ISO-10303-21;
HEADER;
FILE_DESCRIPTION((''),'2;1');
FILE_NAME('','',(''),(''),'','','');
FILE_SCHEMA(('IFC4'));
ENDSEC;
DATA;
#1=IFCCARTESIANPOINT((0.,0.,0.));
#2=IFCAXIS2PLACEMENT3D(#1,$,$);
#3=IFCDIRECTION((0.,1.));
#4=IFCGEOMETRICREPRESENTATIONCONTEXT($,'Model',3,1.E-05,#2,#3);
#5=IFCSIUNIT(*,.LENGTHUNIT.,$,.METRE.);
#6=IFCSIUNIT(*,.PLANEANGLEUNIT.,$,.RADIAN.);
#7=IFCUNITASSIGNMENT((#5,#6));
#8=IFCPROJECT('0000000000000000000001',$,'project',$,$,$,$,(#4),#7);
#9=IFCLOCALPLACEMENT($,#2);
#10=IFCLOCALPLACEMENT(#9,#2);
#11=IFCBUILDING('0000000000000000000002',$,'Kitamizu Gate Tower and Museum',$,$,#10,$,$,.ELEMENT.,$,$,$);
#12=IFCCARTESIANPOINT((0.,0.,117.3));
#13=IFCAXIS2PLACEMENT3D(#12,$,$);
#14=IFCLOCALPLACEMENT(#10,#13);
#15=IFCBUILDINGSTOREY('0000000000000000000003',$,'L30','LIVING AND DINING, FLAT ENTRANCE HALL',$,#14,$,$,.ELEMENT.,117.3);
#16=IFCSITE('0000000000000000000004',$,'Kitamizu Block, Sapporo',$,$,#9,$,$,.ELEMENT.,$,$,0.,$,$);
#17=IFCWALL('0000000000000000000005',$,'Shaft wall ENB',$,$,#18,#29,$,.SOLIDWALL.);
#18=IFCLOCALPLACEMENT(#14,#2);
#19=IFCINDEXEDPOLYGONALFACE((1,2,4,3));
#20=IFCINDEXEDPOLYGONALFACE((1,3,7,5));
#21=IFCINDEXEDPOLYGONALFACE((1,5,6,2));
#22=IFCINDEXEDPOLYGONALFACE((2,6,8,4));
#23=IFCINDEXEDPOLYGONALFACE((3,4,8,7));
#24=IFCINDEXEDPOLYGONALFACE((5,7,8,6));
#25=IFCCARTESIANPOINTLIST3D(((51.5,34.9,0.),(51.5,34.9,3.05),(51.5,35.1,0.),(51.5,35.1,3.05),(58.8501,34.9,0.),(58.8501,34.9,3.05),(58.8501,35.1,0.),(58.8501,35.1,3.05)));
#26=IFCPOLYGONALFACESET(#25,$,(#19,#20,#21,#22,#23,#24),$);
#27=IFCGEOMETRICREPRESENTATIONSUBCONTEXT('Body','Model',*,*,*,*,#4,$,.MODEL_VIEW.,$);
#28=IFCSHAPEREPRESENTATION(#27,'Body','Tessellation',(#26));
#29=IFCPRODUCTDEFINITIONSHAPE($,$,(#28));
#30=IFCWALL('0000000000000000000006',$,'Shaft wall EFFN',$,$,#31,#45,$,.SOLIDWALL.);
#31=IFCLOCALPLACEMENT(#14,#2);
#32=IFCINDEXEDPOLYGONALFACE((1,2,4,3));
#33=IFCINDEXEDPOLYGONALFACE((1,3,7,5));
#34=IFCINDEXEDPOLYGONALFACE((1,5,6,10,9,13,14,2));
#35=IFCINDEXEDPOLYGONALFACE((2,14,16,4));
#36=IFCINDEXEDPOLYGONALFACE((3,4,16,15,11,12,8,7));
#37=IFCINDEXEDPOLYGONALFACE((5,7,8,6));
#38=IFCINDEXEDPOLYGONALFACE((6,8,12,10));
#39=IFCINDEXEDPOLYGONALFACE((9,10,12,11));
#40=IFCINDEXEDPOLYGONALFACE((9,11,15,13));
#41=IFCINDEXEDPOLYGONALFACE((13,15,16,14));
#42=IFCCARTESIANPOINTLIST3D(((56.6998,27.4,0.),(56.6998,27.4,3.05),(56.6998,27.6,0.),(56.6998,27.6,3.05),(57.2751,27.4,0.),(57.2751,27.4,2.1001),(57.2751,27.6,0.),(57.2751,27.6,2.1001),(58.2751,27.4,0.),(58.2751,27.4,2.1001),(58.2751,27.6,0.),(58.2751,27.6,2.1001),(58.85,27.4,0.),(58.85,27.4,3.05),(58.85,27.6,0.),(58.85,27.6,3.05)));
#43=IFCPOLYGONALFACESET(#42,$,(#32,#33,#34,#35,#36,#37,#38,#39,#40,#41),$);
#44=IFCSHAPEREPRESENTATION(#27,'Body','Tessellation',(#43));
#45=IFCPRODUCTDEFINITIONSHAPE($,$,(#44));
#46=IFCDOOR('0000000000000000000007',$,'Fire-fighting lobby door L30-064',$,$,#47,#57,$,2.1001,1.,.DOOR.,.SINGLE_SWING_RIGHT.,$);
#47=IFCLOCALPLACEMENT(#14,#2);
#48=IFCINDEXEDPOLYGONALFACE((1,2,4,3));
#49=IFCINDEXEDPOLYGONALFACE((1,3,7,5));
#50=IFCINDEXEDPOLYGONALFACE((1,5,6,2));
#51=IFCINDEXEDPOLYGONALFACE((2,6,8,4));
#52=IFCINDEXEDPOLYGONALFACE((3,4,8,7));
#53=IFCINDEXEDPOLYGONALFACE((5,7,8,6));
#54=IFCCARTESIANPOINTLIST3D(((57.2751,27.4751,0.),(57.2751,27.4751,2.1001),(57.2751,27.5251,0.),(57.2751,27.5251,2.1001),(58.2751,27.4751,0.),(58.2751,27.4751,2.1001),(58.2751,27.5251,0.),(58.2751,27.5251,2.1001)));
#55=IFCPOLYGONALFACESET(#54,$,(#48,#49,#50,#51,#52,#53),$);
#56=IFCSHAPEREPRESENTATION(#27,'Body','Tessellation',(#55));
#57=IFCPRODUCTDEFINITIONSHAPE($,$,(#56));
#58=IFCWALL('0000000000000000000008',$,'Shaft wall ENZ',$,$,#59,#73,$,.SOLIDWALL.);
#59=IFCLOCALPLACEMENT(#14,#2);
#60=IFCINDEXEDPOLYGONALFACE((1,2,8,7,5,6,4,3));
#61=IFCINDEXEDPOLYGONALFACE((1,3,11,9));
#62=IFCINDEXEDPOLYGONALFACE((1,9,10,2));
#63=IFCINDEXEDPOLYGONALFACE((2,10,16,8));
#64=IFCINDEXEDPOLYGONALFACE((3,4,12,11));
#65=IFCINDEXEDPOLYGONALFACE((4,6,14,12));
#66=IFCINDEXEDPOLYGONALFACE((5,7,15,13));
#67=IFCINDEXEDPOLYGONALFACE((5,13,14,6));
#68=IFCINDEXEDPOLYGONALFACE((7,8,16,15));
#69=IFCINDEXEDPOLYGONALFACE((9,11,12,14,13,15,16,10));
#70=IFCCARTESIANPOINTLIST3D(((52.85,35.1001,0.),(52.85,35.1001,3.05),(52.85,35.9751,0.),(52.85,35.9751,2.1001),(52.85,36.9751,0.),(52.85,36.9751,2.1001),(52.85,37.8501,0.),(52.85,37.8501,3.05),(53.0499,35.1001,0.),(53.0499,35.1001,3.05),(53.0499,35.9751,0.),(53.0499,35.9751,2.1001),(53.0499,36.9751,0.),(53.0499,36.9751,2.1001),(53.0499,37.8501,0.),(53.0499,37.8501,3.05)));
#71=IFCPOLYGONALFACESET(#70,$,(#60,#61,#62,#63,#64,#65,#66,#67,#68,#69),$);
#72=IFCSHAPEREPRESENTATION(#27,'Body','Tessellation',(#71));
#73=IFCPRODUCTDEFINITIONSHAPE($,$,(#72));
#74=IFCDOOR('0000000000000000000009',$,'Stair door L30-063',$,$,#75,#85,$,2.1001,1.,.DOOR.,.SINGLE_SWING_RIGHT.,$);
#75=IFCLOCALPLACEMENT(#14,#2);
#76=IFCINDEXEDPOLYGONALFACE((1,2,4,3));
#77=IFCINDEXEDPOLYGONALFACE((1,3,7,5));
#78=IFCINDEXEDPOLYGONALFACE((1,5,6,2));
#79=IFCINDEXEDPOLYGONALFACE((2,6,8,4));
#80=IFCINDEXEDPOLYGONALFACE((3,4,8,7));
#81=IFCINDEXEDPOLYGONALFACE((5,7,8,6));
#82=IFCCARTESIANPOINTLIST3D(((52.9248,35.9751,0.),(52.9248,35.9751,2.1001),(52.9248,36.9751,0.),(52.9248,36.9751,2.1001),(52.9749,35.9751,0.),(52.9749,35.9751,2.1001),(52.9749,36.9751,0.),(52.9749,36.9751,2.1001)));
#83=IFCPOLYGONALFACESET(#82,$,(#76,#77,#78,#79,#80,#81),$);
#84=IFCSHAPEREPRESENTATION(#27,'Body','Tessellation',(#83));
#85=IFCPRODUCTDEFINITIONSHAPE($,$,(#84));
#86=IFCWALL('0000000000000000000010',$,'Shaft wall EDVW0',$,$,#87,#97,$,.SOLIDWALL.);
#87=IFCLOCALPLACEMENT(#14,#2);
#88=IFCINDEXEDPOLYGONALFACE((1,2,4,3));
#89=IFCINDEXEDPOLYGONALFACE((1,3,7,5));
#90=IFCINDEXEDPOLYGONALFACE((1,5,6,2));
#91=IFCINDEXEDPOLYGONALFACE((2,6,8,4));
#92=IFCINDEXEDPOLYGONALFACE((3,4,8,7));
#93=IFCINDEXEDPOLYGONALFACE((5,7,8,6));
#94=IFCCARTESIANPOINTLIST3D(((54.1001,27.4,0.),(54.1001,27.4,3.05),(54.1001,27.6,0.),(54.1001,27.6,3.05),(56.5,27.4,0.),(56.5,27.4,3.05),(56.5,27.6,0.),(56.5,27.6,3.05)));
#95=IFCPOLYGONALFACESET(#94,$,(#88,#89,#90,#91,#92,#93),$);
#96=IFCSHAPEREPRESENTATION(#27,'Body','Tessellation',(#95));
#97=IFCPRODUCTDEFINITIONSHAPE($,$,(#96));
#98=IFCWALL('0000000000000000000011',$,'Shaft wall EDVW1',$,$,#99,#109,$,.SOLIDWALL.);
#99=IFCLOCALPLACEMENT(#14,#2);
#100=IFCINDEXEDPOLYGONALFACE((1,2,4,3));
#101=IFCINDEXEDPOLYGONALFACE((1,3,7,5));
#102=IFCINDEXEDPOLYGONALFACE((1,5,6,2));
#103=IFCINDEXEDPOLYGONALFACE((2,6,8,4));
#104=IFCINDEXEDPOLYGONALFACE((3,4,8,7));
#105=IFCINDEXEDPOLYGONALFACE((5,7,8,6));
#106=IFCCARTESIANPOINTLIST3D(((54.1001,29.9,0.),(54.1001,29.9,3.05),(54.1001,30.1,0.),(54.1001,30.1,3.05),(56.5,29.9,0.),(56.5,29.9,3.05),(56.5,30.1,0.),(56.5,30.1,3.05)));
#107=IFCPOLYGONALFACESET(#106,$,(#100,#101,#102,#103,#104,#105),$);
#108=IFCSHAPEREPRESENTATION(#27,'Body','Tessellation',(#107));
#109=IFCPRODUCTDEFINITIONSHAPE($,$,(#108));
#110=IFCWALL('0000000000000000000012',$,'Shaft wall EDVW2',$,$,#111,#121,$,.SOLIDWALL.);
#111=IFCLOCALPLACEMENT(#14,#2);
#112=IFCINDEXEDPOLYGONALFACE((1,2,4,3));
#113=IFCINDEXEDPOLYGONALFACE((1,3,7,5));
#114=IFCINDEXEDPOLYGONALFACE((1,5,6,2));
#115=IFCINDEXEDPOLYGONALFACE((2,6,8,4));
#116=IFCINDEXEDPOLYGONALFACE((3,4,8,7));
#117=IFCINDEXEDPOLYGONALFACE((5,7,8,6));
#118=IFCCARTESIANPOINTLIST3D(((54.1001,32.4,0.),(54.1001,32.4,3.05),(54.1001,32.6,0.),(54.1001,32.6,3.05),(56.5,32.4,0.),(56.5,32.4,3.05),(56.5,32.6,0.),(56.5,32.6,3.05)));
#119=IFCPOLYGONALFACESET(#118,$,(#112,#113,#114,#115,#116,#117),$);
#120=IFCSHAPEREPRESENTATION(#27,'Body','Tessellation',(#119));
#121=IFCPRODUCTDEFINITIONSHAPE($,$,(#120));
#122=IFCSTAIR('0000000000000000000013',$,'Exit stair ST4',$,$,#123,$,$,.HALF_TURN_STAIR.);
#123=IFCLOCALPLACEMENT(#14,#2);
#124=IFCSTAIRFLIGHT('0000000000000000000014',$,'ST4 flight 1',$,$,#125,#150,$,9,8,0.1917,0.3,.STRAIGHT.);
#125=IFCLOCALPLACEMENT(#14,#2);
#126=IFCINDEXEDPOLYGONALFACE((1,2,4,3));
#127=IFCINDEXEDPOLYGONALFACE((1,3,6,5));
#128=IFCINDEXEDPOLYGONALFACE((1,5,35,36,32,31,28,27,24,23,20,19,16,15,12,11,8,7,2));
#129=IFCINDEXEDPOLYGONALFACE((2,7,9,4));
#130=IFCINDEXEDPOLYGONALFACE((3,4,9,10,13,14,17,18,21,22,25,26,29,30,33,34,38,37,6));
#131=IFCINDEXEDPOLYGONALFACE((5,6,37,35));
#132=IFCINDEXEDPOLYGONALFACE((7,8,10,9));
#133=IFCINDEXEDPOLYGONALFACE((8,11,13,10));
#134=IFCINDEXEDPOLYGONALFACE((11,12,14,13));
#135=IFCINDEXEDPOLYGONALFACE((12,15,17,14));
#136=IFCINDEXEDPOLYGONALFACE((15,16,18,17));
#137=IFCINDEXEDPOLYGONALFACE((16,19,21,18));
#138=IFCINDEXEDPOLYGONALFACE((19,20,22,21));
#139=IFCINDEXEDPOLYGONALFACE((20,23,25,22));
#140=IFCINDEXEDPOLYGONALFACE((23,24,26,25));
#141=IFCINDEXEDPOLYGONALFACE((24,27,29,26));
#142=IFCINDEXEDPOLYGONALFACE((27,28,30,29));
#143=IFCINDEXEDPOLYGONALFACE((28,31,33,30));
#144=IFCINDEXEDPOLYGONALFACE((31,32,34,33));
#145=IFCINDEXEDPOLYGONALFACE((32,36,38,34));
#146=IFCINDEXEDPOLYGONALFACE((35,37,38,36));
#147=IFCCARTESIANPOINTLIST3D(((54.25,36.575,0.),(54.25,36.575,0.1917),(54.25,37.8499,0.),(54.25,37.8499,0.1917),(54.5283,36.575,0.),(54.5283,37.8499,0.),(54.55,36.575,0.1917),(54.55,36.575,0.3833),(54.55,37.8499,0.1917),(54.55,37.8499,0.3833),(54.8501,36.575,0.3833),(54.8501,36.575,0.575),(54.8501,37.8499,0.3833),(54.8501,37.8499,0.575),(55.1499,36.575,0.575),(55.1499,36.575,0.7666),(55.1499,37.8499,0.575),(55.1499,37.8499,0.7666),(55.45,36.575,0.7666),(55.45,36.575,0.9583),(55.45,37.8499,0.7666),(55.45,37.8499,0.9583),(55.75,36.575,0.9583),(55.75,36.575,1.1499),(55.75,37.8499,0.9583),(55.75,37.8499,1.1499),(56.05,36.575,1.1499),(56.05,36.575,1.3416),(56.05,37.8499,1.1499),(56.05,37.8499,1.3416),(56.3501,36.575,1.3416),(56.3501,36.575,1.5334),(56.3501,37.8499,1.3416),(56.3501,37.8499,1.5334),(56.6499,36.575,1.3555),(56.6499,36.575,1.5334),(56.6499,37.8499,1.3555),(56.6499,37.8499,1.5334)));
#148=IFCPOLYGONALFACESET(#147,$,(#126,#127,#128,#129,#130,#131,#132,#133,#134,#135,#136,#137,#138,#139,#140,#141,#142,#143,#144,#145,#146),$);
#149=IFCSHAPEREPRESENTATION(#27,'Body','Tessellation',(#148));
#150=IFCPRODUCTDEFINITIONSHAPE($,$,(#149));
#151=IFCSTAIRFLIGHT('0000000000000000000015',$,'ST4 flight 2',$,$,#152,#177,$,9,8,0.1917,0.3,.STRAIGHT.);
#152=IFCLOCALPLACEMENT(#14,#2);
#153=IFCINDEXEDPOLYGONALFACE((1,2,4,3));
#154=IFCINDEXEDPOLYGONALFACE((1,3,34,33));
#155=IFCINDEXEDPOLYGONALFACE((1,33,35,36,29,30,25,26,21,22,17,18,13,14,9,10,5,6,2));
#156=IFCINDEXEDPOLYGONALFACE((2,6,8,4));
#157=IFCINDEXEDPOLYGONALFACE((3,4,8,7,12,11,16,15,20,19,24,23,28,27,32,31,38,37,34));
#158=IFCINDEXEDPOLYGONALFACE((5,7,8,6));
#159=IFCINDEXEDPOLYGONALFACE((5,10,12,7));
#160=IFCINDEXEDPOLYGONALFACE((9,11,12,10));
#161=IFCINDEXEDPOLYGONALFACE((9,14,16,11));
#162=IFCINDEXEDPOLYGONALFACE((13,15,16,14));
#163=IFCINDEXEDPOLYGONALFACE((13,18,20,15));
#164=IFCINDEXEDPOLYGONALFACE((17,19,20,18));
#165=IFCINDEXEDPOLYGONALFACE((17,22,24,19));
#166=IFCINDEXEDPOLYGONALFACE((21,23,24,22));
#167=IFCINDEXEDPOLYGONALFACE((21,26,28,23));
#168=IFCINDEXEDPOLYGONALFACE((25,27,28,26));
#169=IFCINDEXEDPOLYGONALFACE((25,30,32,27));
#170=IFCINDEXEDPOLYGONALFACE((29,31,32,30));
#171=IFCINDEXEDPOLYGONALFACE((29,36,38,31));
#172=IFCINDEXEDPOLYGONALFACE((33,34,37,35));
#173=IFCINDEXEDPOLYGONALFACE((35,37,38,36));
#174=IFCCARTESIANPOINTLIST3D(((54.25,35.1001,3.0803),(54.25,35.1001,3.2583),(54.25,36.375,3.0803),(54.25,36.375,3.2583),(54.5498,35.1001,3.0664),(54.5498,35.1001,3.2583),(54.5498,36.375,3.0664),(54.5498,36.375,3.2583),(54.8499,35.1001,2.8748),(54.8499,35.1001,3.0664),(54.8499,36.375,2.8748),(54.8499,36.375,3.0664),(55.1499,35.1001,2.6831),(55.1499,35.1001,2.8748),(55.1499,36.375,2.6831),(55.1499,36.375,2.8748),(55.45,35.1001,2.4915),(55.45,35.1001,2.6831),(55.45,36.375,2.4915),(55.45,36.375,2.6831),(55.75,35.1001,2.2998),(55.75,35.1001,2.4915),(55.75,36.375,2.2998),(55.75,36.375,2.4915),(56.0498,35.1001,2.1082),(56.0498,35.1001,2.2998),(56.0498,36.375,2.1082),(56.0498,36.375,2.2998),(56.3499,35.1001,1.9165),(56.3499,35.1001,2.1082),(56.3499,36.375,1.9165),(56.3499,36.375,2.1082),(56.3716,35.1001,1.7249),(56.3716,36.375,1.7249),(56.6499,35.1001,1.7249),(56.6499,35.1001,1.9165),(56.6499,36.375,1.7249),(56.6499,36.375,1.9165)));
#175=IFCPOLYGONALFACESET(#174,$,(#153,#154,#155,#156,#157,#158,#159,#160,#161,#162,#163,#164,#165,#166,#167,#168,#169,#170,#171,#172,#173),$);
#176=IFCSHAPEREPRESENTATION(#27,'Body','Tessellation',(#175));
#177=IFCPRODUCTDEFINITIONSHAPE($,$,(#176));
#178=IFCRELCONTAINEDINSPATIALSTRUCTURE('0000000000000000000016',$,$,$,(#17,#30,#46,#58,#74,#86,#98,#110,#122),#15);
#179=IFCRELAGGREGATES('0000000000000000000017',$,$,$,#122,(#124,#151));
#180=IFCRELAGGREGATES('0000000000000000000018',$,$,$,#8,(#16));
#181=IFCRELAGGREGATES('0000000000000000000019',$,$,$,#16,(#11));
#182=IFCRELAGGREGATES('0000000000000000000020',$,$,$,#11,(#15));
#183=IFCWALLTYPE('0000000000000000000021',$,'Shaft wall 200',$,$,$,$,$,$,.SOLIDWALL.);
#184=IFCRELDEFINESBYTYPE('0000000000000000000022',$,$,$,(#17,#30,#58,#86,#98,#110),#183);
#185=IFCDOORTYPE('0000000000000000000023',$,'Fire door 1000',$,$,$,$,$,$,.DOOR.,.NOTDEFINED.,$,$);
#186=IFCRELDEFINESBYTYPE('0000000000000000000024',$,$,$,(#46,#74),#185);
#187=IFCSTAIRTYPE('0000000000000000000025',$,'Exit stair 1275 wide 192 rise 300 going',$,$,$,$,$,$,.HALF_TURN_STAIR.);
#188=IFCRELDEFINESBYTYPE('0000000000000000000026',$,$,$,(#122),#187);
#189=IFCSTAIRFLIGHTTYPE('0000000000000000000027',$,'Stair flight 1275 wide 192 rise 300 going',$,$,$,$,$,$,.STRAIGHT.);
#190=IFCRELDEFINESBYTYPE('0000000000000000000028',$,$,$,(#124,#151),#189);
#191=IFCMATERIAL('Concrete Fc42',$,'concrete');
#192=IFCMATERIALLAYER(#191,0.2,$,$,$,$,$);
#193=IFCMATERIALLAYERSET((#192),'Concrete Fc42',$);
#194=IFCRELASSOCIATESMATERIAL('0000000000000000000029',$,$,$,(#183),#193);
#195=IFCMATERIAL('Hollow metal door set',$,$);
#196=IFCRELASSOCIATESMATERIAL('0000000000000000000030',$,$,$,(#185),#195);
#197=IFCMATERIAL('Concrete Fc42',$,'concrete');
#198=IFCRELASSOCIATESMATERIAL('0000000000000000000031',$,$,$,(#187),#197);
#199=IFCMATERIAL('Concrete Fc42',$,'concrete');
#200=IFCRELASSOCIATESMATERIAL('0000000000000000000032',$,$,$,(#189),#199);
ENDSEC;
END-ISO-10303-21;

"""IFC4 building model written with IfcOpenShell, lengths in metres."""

from ifc_helpers import new_model, si_unit, direction, frame, frame_2d, origin, place, context, subcontext, project, spatial, polyline, rectangle, outline, extrude, material, layer, layer_set, type_object, element, fill, aggregate, save


model = new_model("IFC4")

# Units and contexts
model_context = context("Model", 3, precision=1e-05, world=origin(), true_north=direction((0.0, 1.0)))
body_context = subcontext(model_context, "Body", "Model", "MODEL_VIEW")
ifc_project = project(units=[si_unit("LENGTHUNIT", "METRE"), si_unit("PLANEANGLEUNIT", "RADIAN")], contexts=[model_context])

# Site, building, storey
site_placement = place(None, origin())
site = spatial("IfcSite", under=ifc_project, at=site_placement, Name="Kitamizu Block, Sapporo", CompositionType="ELEMENT", RefElevation=0.0)
building_placement = place(site_placement, origin())
building = spatial("IfcBuilding", under=site, at=building_placement, Name="Kitamizu Gate Tower and Museum", CompositionType="ELEMENT")
storey_placement = place(building_placement, frame((0.0, 0.0, 117.3)))
storey = spatial("IfcBuildingStorey", under=building, at=storey_placement, Name="L30", Description="LIVING AND DINING, FLAT ENTRANCE HALL", CompositionType="ELEMENT", Elevation=117.3)

# Wall
ifc_material_1 = material(Name="Concrete Fc42", Category="concrete")
ifc_layer_1 = layer(ifc_material_1, 0.2)
ifc_layer_set_1 = layer_set([ifc_layer_1], Name="Concrete Fc42")
wall_type_1 = type_object("IfcWallType", Name="Shaft wall 200", PredefinedType="SOLIDWALL", material=ifc_layer_set_1)
wall_1_placement = place(storey_placement, frame((58.8501, 35.0, 0.0), z_axis=(0.0, 0.0, 1.0), x_axis=(-1.0, 0.0, 0.0)))
element("IfcWall", 1, at=wall_1_placement, inside=storey, type_object=wall_type_1, Name="Shaft wall ENB", PredefinedType="SOLIDWALL", context=body_context, shape_type="SweptSolid", body=[
    extrude(rectangle(XDim=7.3501, YDim=0.2, at=frame_2d((3.675, 0.0))), origin(), (0.0, 0.0, 1.0), 3.05),
])

# Walls, openings, doors
wall_2_placement = place(storey_placement, frame((58.8501, 27.5, 0.0), z_axis=(0.0, 0.0, 1.0), x_axis=(-1.0, 0.0, 0.0)))
wall_2 = element("IfcWall", 2, at=wall_2_placement, inside=storey, type_object=wall_type_1, Name="Shaft wall EFFN", PredefinedType="SOLIDWALL", context=body_context, shape_type="SweptSolid", body=[
    extrude(rectangle(XDim=2.1501, YDim=0.2, at=frame_2d((1.0752, 0.0))), origin(), (0.0, 0.0, 1.0), 3.05),
])
opening_1_placement = place(wall_2_placement, frame((0.575, 0.0, 0.0)))
opening_1 = element("IfcOpeningElement", 3, at=opening_1_placement, cuts=wall_2, PredefinedType="OPENING", context=body_context, shape_type="SweptSolid", body=[
    extrude(rectangle(XDim=1.0, YDim=2.1001, at=frame_2d((0.5, 1.05))), frame((0.0, 0.1099, 0.0), z_axis=(0.0, -1.0, 0.0), x_axis=(1.0, 0.0, 0.0)), (0.0, 0.0, 1.0), 0.22),
])
ifc_material_2 = material(Name="Hollow metal door set")
door_type_1 = type_object("IfcDoorType", Name="Fire door 1000", OperationType="NOTDEFINED", PredefinedType="DOOR", material=ifc_material_2)
door_1_placement = place(opening_1_placement, origin())
door_1 = element("IfcDoor", 4, at=door_1_placement, inside=storey, type_object=door_type_1, Name="Fire-fighting lobby door L30-064", OperationType="SINGLE_SWING_RIGHT", OverallHeight=2.1001, OverallWidth=1.0, PredefinedType="DOOR", context=body_context, shape_type="SweptSolid", body=[
    extrude(rectangle(XDim=1.0, YDim=2.1001, at=frame_2d((0.5, 1.05))), frame((0.0, 0.0249, 0.0), z_axis=(0.0, -1.0, 0.0), x_axis=(1.0, 0.0, 0.0)), (0.0, 0.0, 1.0), 0.05),
])
fill(opening_1, door_1)
wall_3_placement = place(storey_placement, frame((52.95, 35.1001, 0.0), z_axis=(0.0, 0.0, 1.0), x_axis=(0.0, 1.0, 0.0)))
wall_3 = element("IfcWall", 5, at=wall_3_placement, inside=storey, type_object=wall_type_1, Name="Shaft wall ENZ", PredefinedType="SOLIDWALL", context=body_context, shape_type="SweptSolid", body=[
    extrude(rectangle(XDim=2.75, YDim=0.2, at=frame_2d((1.375, 0.0))), origin(), (0.0, 0.0, 1.0), 3.05),
])
opening_2_placement = place(wall_3_placement, frame((0.875, 0.0, 0.0)))
opening_2 = element("IfcOpeningElement", 6, at=opening_2_placement, cuts=wall_3, PredefinedType="OPENING", context=body_context, shape_type="SweptSolid", body=[
    extrude(rectangle(XDim=1.0, YDim=2.1001, at=frame_2d((0.5, 1.05))), frame((0.0, 0.1099, 0.0), z_axis=(0.0, -1.0, 0.0), x_axis=(1.0, 0.0, 0.0)), (0.0, 0.0, 1.0), 0.22),
])
door_2_placement = place(opening_2_placement, frame((1.0, 0.0, 0.0), x_axis=(-1.0, 0.0, 0.0)))
door_2 = element("IfcDoor", 7, at=door_2_placement, inside=storey, type_object=door_type_1, Name="Stair door L30-063", OperationType="SINGLE_SWING_RIGHT", OverallHeight=2.1001, OverallWidth=1.0, PredefinedType="DOOR", context=body_context, shape_type="SweptSolid", body=[
    extrude(rectangle(XDim=1.0, YDim=2.1001, at=frame_2d((0.5, 1.05))), frame((0.0, 0.0249, 0.0), z_axis=(0.0, -1.0, 0.0), x_axis=(1.0, 0.0, 0.0)), (0.0, 0.0, 1.0), 0.05),
])
fill(opening_2, door_2)

# Walls
for number, where, z_axis, x_axis, name in (
    (8, (56.5, 27.5, 0.0), (0.0, 0.0, 1.0), (-1.0, 0.0, 0.0), "Shaft wall EDVW0"),
    (9, (56.5, 30.0, 0.0), (0.0, 0.0, 1.0), (-1.0, 0.0, 0.0), "Shaft wall EDVW1"),
    (10, (56.5, 32.5, 0.0), (0.0, 0.0, 1.0), (-1.0, 0.0, 0.0), "Shaft wall EDVW2"),
):
    element("IfcWall", number, at=place(storey_placement, frame(where, z_axis=z_axis, x_axis=x_axis)), inside=storey, type_object=wall_type_1, Name=name, PredefinedType="SOLIDWALL", context=body_context, shape_type="SweptSolid", body=[
        extrude(rectangle(XDim=2.3999, YDim=0.2, at=frame_2d((1.2, 0.0))), origin(), (0.0, 0.0, 1.0), 3.05),
    ])

# Stair, stair flights
ifc_material_3 = material(Name="Concrete Fc42", Category="concrete")
stair_type = type_object("IfcStairType", Name="Exit stair 1275 wide 192 rise 300 going", PredefinedType="HALF_TURN_STAIR", material=ifc_material_3)
stair_placement = place(storey_placement, origin())
stair = element("IfcStair", 11, at=stair_placement, inside=storey, type_object=stair_type, Name="Exit stair ST4", PredefinedType="HALF_TURN_STAIR")
ifc_material_4 = material(Name="Concrete Fc42", Category="concrete")
stair_flight_type = type_object("IfcStairFlightType", Name="Stair flight 1275 wide 192 rise 300 going", PredefinedType="STRAIGHT", material=ifc_material_4)
stair_flight_1_placement = place(storey_placement, frame((54.25, 37.2124, 0.0), z_axis=(0.0, 0.0, 1.0), x_axis=(1.0, 0.0, 0.0)))
stair_flight_1 = element("IfcStairFlight", 12, at=stair_flight_1_placement, type_object=stair_flight_type, Name="ST4 flight 1", NumberOfRisers=9, NumberOfTreads=8, PredefinedType="STRAIGHT", RiserHeight=0.1917, TreadLength=0.3, context=body_context, shape_type="SweptSolid", body=[
    extrude(outline(polyline([(0.0, 0.0), (0.0, 0.1917), (0.3, 0.1917), (0.3, 0.3833), (0.6001, 0.3833), (0.6001, 0.575), (0.8999, 0.575), (0.8999, 0.7666), (1.2, 0.7666), (1.2, 0.9583), (1.5, 0.9583), (1.5, 1.1499), (1.8, 1.1499), (1.8, 1.3416), (2.1001, 1.3416), (2.1001, 1.5334), (2.3999, 1.5334), (2.3999, 1.7251), (2.3999, 1.3555), (0.2783, 0.0), (0.0, 0.0)])), frame((0.0, 0.6375, 0.0), z_axis=(0.0, -1.0, 0.0), x_axis=(1.0, 0.0, 0.0)), (0.0, 0.0, 1.0), 1.2749),
])
stair_flight_2_placement = place(storey_placement, frame((56.6499, 35.7375, 1.7249), z_axis=(0.0, 0.0, 1.0), x_axis=(-1.0, 0.0, 0.0)))
stair_flight_2 = element("IfcStairFlight", 13, at=stair_flight_2_placement, type_object=stair_flight_type, Name="ST4 flight 2", NumberOfRisers=9, NumberOfTreads=8, PredefinedType="STRAIGHT", RiserHeight=0.1917, TreadLength=0.3, context=body_context, shape_type="SweptSolid", body=[
    extrude(outline(polyline([(0.0, 0.0), (0.0, 0.1917), (0.3, 0.1917), (0.3, 0.3833), (0.6001, 0.3833), (0.6001, 0.575), (0.8999, 0.575), (0.8999, 0.7666), (1.2, 0.7666), (1.2, 0.9583), (1.5, 0.9583), (1.5, 1.1499), (1.8, 1.1499), (1.8, 1.3416), (2.1001, 1.3416), (2.1001, 1.5334), (2.3999, 1.5334), (2.3999, 1.7251), (2.3999, 1.3555), (0.2783, 0.0), (0.0, 0.0)])), frame((0.0, 0.6375, 0.0), z_axis=(0.0, -1.0, 0.0), x_axis=(1.0, 0.0, 0.0)), (0.0, 0.0, 1.0), 1.2749),
])
aggregate(stair, [stair_flight_1, stair_flight_2])

save(model, "model.ifc")
